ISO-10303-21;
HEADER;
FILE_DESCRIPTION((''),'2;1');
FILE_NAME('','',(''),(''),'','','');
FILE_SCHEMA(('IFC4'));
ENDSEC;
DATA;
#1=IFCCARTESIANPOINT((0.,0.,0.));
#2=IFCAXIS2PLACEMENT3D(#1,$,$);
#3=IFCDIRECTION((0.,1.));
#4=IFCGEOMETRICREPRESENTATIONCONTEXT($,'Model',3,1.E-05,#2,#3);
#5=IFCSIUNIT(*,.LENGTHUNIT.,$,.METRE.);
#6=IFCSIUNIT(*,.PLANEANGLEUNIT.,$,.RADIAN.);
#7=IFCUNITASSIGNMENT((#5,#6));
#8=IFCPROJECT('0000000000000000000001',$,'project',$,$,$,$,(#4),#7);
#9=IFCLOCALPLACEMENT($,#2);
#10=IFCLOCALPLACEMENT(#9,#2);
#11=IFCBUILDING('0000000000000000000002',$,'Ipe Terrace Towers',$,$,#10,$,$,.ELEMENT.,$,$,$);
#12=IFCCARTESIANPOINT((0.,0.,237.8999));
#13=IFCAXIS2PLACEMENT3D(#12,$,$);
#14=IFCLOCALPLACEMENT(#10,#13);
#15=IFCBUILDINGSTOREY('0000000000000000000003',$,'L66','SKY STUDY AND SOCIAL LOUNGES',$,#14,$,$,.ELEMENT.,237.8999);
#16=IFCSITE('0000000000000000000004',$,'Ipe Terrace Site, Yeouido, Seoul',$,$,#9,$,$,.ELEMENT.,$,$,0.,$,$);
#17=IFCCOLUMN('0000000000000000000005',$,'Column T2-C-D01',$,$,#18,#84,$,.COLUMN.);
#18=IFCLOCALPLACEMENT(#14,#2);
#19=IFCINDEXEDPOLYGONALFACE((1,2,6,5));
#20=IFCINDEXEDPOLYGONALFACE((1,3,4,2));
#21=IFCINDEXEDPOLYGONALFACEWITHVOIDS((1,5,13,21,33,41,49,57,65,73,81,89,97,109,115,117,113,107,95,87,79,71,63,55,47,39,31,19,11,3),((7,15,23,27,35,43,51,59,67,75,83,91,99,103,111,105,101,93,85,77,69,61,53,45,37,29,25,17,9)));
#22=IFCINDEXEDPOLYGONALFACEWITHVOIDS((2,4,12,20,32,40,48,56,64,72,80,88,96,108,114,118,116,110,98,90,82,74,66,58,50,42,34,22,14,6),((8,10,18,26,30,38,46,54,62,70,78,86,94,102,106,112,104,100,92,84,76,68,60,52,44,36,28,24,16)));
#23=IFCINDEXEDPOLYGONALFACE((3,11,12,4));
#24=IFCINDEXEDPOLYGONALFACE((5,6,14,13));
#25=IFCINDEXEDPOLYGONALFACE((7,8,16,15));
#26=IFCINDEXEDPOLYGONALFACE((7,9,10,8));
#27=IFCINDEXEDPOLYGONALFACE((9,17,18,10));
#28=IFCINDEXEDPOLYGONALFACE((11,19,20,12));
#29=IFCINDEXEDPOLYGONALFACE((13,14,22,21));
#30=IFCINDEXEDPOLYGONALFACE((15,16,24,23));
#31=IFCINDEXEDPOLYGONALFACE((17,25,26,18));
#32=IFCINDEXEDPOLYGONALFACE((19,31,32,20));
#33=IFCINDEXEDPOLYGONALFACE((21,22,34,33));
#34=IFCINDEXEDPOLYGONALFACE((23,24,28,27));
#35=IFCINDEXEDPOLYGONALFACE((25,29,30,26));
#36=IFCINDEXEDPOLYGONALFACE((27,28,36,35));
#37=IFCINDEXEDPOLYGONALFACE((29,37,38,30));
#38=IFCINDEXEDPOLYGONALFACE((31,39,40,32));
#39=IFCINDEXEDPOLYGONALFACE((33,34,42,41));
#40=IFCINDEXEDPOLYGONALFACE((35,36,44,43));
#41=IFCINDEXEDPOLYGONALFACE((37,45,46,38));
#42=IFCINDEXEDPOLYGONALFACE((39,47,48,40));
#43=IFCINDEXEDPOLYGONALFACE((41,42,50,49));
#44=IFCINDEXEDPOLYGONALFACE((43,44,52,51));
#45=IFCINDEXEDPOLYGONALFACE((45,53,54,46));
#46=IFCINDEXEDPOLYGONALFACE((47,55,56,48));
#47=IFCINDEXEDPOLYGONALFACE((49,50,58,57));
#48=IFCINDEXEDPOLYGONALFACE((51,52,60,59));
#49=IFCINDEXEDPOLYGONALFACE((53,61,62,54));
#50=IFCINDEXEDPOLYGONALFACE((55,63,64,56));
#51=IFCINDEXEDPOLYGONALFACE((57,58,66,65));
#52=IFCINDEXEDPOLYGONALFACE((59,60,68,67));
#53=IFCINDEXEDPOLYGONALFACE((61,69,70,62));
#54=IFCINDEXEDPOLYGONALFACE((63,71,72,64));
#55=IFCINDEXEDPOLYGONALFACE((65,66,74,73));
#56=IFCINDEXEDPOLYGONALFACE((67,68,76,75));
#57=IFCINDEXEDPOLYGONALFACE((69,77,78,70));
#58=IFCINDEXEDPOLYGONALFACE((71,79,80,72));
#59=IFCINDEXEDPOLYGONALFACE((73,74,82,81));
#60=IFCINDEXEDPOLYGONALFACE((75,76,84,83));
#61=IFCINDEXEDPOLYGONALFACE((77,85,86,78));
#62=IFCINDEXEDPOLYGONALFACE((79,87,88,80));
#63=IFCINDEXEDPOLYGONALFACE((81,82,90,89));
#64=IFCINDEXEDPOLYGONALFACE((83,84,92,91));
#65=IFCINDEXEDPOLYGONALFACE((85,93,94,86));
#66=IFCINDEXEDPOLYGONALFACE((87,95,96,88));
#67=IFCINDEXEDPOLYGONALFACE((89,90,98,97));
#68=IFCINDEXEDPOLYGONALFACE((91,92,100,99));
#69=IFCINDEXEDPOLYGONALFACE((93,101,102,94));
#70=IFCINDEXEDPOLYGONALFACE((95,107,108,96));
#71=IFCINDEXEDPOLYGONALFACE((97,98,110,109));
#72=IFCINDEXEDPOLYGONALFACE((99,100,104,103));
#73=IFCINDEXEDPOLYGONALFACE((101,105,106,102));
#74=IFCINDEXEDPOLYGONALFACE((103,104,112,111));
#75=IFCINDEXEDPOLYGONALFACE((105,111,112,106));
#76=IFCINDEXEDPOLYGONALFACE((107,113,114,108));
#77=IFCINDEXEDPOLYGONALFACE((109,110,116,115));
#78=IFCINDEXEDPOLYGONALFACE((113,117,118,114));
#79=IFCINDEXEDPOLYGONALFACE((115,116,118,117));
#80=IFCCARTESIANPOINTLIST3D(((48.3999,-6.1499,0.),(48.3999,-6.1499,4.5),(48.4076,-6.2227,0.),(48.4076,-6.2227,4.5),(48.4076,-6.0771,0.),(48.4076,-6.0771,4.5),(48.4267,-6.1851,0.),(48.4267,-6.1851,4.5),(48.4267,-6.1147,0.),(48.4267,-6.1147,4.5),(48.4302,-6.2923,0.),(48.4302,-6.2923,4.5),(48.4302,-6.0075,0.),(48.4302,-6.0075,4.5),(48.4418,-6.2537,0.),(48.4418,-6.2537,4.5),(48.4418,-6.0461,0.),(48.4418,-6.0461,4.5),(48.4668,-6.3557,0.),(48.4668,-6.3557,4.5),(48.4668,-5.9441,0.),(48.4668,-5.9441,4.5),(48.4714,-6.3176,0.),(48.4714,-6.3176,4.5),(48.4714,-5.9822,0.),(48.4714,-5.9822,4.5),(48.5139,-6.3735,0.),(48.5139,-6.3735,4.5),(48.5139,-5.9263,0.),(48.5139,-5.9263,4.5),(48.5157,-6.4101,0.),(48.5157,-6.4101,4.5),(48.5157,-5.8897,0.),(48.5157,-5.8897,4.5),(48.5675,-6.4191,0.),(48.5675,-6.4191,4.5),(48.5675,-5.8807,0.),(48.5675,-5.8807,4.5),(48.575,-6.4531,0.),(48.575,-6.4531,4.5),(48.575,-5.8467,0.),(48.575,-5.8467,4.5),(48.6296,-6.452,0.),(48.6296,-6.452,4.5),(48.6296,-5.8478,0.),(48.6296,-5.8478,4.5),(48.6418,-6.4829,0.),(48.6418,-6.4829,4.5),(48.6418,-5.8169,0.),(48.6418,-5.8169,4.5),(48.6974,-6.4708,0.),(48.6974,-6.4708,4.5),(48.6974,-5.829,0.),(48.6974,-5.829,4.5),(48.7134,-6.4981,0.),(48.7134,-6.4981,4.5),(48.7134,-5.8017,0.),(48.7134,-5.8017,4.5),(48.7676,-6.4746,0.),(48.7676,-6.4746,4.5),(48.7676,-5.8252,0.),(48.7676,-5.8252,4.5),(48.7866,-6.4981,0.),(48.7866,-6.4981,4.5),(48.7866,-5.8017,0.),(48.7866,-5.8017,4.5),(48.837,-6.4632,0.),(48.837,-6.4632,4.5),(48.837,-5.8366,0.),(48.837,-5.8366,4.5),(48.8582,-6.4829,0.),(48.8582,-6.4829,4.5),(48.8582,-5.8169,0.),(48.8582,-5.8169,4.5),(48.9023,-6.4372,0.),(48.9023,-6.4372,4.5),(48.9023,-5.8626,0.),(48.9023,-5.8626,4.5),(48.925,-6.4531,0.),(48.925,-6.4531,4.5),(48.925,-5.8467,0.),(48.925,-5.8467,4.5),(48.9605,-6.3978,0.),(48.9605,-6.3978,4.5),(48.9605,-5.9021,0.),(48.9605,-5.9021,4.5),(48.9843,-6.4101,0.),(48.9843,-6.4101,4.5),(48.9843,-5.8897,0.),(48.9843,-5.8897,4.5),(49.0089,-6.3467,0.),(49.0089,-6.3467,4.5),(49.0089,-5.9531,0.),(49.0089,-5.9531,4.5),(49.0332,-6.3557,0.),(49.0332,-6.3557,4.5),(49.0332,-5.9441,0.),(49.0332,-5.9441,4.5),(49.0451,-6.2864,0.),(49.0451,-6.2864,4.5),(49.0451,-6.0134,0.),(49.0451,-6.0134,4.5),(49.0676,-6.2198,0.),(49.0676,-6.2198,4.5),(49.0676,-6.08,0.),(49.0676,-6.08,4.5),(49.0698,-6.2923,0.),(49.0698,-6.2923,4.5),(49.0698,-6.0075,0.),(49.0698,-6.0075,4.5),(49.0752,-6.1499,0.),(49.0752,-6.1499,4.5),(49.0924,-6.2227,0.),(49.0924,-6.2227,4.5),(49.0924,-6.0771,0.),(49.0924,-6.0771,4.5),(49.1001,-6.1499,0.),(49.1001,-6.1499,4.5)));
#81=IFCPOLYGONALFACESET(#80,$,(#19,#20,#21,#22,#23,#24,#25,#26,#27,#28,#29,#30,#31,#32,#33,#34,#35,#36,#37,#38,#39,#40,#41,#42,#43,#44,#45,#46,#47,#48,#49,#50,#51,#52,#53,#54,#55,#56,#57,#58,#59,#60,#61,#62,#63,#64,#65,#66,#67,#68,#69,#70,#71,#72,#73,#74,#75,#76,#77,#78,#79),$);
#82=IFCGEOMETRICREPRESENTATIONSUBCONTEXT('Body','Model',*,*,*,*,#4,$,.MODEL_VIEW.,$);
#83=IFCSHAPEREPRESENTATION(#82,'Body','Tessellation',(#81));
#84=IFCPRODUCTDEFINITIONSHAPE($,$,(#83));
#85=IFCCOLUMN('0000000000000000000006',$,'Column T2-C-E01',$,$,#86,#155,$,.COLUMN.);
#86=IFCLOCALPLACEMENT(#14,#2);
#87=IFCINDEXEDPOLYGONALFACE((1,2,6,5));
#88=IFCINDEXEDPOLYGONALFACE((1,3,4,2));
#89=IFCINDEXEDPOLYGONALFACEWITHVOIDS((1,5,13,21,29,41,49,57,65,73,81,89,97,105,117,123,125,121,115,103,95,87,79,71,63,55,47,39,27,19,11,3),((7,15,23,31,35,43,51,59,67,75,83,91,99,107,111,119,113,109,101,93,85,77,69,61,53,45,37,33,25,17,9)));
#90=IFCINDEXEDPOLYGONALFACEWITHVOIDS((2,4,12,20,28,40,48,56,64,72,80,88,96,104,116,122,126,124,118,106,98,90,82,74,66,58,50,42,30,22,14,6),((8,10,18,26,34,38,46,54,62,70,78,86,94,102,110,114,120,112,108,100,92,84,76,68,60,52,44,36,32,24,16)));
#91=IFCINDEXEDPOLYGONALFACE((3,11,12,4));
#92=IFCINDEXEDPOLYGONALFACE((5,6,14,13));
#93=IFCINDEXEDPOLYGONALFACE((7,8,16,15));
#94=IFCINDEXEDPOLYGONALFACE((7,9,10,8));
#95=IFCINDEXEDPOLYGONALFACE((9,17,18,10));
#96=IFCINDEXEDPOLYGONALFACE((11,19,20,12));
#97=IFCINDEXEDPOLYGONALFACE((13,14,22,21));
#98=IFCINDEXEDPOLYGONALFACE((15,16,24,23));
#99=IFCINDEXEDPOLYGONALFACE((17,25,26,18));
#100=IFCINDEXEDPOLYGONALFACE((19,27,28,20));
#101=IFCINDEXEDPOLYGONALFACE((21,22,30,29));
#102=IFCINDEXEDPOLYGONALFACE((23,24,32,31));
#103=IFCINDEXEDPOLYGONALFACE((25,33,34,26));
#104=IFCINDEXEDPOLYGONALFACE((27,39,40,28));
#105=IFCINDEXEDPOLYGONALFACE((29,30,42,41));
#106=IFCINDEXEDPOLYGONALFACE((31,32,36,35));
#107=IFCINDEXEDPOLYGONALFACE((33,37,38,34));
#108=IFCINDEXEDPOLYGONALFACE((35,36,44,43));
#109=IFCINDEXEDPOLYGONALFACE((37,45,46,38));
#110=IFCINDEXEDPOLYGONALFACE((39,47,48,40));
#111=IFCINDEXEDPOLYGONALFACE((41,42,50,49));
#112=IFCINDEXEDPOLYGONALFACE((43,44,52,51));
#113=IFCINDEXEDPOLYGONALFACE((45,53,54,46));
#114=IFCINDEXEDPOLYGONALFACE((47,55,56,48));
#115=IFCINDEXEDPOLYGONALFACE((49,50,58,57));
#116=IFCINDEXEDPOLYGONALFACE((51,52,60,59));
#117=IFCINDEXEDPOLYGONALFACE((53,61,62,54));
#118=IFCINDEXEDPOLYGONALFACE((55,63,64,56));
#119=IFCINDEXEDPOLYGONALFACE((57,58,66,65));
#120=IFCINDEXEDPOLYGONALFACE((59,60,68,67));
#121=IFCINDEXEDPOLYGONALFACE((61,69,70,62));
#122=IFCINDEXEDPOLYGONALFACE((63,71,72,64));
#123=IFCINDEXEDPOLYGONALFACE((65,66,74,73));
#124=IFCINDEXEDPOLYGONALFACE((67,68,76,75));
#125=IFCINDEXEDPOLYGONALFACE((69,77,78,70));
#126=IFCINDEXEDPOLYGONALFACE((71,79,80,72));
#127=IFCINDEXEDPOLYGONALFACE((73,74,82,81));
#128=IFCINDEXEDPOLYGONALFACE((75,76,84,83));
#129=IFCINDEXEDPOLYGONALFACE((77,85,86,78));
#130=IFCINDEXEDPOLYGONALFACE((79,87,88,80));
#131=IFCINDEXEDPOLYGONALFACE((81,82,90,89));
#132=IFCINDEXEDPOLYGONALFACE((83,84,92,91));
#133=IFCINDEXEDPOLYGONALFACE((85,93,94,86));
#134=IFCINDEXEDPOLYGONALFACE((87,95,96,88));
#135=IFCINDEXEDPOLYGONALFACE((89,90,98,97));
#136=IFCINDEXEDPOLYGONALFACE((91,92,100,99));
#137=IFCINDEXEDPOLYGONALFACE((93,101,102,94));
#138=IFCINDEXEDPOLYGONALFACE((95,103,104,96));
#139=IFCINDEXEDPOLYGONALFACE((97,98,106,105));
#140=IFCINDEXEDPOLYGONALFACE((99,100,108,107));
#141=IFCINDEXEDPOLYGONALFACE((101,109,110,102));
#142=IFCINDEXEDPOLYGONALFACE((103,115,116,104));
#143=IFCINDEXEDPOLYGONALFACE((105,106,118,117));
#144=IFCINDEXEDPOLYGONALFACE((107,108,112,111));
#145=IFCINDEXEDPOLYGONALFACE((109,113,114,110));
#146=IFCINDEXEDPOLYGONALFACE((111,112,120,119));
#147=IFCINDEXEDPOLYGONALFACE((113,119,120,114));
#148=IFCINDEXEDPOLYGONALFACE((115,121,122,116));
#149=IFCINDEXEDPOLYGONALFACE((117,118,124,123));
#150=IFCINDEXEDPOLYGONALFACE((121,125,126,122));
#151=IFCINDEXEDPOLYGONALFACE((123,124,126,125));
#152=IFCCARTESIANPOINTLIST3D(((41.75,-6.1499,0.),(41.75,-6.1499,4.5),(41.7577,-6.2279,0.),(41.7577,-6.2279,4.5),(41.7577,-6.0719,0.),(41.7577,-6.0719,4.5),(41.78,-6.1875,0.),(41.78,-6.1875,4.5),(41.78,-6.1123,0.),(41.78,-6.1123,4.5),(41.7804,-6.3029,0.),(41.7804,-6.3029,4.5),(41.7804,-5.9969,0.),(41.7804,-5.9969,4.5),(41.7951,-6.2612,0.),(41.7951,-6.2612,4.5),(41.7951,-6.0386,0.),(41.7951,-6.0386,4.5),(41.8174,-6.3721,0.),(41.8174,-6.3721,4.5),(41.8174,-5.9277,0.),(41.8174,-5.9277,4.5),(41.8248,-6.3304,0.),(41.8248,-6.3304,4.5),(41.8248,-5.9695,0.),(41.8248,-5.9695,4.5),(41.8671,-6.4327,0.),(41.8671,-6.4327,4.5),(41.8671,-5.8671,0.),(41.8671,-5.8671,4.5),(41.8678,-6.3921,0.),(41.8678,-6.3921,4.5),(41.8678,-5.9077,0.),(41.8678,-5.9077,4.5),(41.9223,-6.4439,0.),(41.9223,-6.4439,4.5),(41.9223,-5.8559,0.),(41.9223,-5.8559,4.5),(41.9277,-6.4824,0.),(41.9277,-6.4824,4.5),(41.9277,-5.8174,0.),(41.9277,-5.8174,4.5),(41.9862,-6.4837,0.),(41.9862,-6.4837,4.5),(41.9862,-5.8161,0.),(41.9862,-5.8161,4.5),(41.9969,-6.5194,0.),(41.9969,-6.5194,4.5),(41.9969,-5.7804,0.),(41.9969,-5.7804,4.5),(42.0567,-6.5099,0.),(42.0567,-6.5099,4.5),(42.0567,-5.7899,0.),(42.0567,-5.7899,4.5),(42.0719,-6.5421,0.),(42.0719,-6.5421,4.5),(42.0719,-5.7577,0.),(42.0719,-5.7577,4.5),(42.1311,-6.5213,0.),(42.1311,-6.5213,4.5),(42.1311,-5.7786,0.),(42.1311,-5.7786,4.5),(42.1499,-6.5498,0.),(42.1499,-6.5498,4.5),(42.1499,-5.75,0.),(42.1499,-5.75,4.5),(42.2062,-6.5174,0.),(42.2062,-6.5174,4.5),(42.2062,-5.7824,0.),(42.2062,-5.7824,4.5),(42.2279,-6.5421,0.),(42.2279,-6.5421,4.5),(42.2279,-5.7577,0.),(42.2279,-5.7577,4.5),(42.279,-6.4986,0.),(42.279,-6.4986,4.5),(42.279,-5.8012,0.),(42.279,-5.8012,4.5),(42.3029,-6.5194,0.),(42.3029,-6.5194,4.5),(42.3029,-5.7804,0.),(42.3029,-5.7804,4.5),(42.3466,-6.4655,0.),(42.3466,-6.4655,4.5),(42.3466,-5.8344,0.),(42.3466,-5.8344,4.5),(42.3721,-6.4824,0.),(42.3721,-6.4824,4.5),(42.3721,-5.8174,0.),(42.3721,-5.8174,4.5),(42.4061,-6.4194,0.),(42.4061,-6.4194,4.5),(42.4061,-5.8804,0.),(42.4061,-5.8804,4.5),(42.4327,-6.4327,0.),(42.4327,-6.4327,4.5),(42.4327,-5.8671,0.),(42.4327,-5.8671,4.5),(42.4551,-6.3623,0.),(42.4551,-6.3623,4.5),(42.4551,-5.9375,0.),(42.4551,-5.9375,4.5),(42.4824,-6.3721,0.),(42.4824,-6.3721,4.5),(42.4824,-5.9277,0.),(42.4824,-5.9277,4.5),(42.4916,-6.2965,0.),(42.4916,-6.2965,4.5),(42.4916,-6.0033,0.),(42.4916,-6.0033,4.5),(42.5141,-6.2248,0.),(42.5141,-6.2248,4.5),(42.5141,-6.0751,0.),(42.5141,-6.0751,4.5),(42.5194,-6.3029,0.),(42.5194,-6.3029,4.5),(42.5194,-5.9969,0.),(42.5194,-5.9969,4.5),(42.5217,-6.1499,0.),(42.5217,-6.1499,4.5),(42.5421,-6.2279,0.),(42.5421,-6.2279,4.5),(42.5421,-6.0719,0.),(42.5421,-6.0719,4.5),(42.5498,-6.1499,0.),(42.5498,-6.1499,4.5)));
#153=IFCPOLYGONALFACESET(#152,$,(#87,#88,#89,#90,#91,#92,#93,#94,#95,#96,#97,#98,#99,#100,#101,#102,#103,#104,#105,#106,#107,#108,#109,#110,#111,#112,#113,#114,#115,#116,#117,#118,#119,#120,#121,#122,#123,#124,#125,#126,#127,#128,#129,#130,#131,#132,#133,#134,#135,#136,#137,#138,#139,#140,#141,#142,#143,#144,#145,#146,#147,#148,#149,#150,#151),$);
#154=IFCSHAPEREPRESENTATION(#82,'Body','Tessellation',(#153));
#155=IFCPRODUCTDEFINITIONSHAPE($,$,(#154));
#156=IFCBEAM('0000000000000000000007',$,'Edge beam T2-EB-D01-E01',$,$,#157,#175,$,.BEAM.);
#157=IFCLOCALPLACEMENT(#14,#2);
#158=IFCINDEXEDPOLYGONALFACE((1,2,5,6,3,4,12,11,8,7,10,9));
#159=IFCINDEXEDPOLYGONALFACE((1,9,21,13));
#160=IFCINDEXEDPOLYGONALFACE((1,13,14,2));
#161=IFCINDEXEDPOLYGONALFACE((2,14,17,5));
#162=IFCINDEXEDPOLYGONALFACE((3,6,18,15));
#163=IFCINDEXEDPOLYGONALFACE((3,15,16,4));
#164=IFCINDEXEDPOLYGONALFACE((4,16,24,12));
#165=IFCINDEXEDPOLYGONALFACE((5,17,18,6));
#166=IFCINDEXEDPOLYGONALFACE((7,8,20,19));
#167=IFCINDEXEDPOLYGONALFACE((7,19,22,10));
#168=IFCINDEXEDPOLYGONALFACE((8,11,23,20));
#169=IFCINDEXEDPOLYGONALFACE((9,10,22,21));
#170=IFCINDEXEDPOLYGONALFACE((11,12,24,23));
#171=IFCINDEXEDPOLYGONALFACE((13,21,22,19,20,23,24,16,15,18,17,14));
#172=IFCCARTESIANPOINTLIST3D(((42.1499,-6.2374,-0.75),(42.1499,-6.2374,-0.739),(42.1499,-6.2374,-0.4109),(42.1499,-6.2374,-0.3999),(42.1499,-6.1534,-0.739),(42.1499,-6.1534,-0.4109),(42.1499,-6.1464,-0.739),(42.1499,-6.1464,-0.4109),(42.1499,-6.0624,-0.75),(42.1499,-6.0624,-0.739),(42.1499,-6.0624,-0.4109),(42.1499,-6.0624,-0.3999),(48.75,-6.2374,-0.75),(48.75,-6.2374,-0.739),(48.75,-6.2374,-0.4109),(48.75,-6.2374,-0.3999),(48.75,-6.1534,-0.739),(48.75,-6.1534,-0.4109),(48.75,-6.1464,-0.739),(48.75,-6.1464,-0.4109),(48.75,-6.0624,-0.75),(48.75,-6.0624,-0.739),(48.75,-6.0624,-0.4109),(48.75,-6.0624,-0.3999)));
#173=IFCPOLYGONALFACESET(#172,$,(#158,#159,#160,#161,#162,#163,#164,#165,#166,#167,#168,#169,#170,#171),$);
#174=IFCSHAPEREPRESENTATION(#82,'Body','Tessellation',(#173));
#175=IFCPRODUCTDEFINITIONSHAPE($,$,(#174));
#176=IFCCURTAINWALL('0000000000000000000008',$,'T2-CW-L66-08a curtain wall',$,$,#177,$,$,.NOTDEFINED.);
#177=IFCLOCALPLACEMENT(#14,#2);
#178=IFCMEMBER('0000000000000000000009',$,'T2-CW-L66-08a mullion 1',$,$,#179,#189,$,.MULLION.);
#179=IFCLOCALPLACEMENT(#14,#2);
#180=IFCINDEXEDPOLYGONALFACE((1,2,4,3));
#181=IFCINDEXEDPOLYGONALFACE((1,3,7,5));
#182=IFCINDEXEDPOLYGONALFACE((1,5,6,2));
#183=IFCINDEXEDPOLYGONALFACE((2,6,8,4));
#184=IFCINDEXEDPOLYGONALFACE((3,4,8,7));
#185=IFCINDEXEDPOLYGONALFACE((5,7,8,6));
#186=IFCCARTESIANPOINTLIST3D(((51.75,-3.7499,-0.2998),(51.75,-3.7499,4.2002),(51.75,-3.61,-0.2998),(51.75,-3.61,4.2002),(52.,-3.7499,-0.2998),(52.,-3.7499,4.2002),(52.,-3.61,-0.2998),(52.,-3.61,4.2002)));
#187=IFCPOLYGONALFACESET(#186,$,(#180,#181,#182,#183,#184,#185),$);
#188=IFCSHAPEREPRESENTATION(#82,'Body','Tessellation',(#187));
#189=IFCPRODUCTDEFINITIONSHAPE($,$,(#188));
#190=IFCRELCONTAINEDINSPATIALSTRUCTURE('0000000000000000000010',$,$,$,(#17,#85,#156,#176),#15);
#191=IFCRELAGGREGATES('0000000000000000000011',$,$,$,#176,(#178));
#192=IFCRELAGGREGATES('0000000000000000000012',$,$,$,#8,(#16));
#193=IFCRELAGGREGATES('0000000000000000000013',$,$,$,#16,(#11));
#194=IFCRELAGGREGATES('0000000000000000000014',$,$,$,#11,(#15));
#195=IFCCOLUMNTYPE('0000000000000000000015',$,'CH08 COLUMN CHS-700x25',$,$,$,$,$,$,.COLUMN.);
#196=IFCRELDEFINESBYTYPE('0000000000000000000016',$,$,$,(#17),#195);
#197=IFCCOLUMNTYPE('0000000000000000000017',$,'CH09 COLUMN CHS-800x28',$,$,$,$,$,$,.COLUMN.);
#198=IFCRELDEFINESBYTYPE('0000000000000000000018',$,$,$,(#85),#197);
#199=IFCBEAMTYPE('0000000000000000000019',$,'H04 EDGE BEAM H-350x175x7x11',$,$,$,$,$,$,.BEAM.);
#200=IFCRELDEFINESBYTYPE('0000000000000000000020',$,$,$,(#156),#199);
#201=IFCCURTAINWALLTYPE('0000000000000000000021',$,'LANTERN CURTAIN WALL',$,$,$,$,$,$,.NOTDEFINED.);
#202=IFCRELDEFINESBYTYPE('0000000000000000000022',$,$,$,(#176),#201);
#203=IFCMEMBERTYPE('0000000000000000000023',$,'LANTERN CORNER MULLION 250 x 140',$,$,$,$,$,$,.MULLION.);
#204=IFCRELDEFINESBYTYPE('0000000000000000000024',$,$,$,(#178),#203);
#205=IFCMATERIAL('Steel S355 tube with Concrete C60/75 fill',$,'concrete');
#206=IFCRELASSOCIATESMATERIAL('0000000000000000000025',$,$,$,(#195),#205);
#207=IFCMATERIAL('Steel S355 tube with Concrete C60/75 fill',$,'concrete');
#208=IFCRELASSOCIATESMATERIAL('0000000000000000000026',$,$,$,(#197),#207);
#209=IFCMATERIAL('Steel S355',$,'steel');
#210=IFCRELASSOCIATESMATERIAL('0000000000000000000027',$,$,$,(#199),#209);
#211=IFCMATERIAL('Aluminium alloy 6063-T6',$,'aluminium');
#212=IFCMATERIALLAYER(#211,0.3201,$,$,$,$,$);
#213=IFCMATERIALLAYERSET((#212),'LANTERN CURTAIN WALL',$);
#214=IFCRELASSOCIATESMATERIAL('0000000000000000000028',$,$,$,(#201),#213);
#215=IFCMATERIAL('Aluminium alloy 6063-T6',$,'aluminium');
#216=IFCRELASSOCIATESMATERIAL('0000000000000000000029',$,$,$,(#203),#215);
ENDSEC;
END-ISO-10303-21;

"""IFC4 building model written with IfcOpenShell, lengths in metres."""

from ifc_helpers import new_model, si_unit, direction, frame, origin, origin_2d, place, context, subcontext, project, spatial, rectangle, hollow_circle, i_section, extrude, material, layer, layer_set, material_profile, profile_set, type_object, element, aggregate, save


model = new_model("IFC4")

# Units and contexts
model_context = context("Model", 3, precision=1e-05, world=origin(), true_north=direction((0.0, 1.0)))
body_context = subcontext(model_context, "Body", "Model", "MODEL_VIEW")
ifc_project = project(units=[si_unit("LENGTHUNIT", "METRE"), si_unit("PLANEANGLEUNIT", "RADIAN")], contexts=[model_context])

# Site, building, storey
site_placement = place(None, origin())
site = spatial("IfcSite", under=ifc_project, at=site_placement, Name="Ipe Terrace Site, Yeouido, Seoul", CompositionType="ELEMENT", RefElevation=0.0)
building_placement = place(site_placement, origin())
building = spatial("IfcBuilding", under=site, at=building_placement, Name="Ipe Terrace Towers", CompositionType="ELEMENT")
storey_placement = place(building_placement, frame((0.0, 0.0, 237.8999)))
storey = spatial("IfcBuildingStorey", under=building, at=storey_placement, Name="L66", Description="SKY STUDY AND SOCIAL LOUNGES", CompositionType="ELEMENT", Elevation=237.8999)

# Columns
ifc_material_1 = material(Name="Steel S355 tube with Concrete C60/75 fill", Category="concrete")
ifc_material_profile_1 = material_profile(ifc_material_1, hollow_circle(Radius=0.3501, WallThickness=0.0249, at=origin_2d()), Name="CHS-700x25")
ifc_profile_set_1 = profile_set([ifc_material_profile_1], Name="Steel S355 tube with Concrete C60/75 fill")
column_type_1 = type_object("IfcColumnType", Name="CH08 COLUMN CHS-700x25", PredefinedType="COLUMN", material=ifc_profile_set_1)
column_1_placement = place(storey_placement, frame((48.75, -6.1499, 0.0), z_axis=(0.0, 0.0, 1.0), x_axis=(1.0, 0.0, 0.0)))
element("IfcColumn", 1, at=column_1_placement, inside=storey, type_object=column_type_1, Name="Column T2-C-D01", PredefinedType="COLUMN", context=body_context, shape_type="SweptSolid", body=[
    extrude(hollow_circle(Radius=0.3501, WallThickness=0.0249, at=origin_2d()), origin(), (0.0, 0.0, 1.0), 4.5),
])
ifc_material_2 = material(Name="Steel S355 tube with Concrete C60/75 fill", Category="concrete")
ifc_material_profile_2 = material_profile(ifc_material_2, hollow_circle(Radius=0.3999, WallThickness=0.0281, at=origin_2d()), Name="CHS-800x28")
ifc_profile_set_2 = profile_set([ifc_material_profile_2], Name="Steel S355 tube with Concrete C60/75 fill")
column_type_2 = type_object("IfcColumnType", Name="CH09 COLUMN CHS-800x28", PredefinedType="COLUMN", material=ifc_profile_set_2)
column_2_placement = place(storey_placement, frame((42.1499, -6.1499, 0.0), z_axis=(0.0, 0.0, 1.0), x_axis=(1.0, 0.0, 0.0)))
element("IfcColumn", 2, at=column_2_placement, inside=storey, type_object=column_type_2, Name="Column T2-C-E01", PredefinedType="COLUMN", context=body_context, shape_type="SweptSolid", body=[
    extrude(hollow_circle(Radius=0.3999, WallThickness=0.0281, at=origin_2d()), origin(), (0.0, 0.0, 1.0), 4.5),
])

# Beam
ifc_material_3 = material(Name="Steel S355", Category="steel")
ifc_material_profile_3 = material_profile(ifc_material_3, i_section(OverallWidth=0.175, OverallDepth=0.3501, WebThickness=0.0071, FlangeThickness=0.011, at=origin_2d()), Name="H-350x175x7x11")
ifc_profile_set_3 = profile_set([ifc_material_profile_3], Name="Steel S355")
beam_type = type_object("IfcBeamType", Name="H04 EDGE BEAM H-350x175x7x11", PredefinedType="BEAM", material=ifc_profile_set_3)
beam_placement = place(storey_placement, frame((48.75, -6.1499, -0.575), z_axis=(-1.0, 0.0, 0.0), x_axis=(0.0, -1.0, 0.0)))
element("IfcBeam", 3, at=beam_placement, inside=storey, type_object=beam_type, Name="Edge beam T2-EB-D01-E01", PredefinedType="BEAM", context=body_context, shape_type="SweptSolid", body=[
    extrude(i_section(OverallWidth=0.175, OverallDepth=0.3501, WebThickness=0.0071, FlangeThickness=0.011, at=origin_2d()), origin(), (0.0, 0.0, 1.0), 6.6001),
])

# Curtain wall, member
ifc_material_4 = material(Name="Aluminium alloy 6063-T6", Category="aluminium")
ifc_layer_1 = layer(ifc_material_4, 0.3201)
ifc_layer_set_1 = layer_set([ifc_layer_1], Name="LANTERN CURTAIN WALL")
curtain_wall_type = type_object("IfcCurtainWallType", Name="LANTERN CURTAIN WALL", PredefinedType="NOTDEFINED", material=ifc_layer_set_1)
curtain_wall_placement = place(storey_placement, origin())
curtain_wall = element("IfcCurtainWall", 4, at=curtain_wall_placement, inside=storey, type_object=curtain_wall_type, Name="T2-CW-L66-08a curtain wall", PredefinedType="NOTDEFINED")
ifc_material_5 = material(Name="Aluminium alloy 6063-T6", Category="aluminium")
ifc_material_profile_4 = material_profile(ifc_material_5, rectangle(XDim=0.25, YDim=0.1399, at=origin_2d()), Name="LANTERN CORNER MULLION 250 x 140")
ifc_profile_set_4 = profile_set([ifc_material_profile_4], Name="Aluminium alloy 6063-T6")
member_type_1 = type_object("IfcMemberType", Name="LANTERN CORNER MULLION 250 x 140", PredefinedType="MULLION", material=ifc_profile_set_4)
member_1_placement = place(storey_placement, frame((51.875, -3.6799, -0.2998), z_axis=(0.0, 0.0, 1.0), x_axis=(1.0, 0.0, 0.0)))
member_1 = element("IfcMember", 5, at=member_1_placement, type_object=member_type_1, Name="T2-CW-L66-08a mullion 1", PredefinedType="MULLION", context=body_context, shape_type="SweptSolid", body=[
    extrude(rectangle(XDim=0.25, YDim=0.1399, at=origin_2d()), origin(), (0.0, 0.0, 1.0), 4.5),
])
aggregate(curtain_wall, [member_1])

save(model, "model.ifc")
